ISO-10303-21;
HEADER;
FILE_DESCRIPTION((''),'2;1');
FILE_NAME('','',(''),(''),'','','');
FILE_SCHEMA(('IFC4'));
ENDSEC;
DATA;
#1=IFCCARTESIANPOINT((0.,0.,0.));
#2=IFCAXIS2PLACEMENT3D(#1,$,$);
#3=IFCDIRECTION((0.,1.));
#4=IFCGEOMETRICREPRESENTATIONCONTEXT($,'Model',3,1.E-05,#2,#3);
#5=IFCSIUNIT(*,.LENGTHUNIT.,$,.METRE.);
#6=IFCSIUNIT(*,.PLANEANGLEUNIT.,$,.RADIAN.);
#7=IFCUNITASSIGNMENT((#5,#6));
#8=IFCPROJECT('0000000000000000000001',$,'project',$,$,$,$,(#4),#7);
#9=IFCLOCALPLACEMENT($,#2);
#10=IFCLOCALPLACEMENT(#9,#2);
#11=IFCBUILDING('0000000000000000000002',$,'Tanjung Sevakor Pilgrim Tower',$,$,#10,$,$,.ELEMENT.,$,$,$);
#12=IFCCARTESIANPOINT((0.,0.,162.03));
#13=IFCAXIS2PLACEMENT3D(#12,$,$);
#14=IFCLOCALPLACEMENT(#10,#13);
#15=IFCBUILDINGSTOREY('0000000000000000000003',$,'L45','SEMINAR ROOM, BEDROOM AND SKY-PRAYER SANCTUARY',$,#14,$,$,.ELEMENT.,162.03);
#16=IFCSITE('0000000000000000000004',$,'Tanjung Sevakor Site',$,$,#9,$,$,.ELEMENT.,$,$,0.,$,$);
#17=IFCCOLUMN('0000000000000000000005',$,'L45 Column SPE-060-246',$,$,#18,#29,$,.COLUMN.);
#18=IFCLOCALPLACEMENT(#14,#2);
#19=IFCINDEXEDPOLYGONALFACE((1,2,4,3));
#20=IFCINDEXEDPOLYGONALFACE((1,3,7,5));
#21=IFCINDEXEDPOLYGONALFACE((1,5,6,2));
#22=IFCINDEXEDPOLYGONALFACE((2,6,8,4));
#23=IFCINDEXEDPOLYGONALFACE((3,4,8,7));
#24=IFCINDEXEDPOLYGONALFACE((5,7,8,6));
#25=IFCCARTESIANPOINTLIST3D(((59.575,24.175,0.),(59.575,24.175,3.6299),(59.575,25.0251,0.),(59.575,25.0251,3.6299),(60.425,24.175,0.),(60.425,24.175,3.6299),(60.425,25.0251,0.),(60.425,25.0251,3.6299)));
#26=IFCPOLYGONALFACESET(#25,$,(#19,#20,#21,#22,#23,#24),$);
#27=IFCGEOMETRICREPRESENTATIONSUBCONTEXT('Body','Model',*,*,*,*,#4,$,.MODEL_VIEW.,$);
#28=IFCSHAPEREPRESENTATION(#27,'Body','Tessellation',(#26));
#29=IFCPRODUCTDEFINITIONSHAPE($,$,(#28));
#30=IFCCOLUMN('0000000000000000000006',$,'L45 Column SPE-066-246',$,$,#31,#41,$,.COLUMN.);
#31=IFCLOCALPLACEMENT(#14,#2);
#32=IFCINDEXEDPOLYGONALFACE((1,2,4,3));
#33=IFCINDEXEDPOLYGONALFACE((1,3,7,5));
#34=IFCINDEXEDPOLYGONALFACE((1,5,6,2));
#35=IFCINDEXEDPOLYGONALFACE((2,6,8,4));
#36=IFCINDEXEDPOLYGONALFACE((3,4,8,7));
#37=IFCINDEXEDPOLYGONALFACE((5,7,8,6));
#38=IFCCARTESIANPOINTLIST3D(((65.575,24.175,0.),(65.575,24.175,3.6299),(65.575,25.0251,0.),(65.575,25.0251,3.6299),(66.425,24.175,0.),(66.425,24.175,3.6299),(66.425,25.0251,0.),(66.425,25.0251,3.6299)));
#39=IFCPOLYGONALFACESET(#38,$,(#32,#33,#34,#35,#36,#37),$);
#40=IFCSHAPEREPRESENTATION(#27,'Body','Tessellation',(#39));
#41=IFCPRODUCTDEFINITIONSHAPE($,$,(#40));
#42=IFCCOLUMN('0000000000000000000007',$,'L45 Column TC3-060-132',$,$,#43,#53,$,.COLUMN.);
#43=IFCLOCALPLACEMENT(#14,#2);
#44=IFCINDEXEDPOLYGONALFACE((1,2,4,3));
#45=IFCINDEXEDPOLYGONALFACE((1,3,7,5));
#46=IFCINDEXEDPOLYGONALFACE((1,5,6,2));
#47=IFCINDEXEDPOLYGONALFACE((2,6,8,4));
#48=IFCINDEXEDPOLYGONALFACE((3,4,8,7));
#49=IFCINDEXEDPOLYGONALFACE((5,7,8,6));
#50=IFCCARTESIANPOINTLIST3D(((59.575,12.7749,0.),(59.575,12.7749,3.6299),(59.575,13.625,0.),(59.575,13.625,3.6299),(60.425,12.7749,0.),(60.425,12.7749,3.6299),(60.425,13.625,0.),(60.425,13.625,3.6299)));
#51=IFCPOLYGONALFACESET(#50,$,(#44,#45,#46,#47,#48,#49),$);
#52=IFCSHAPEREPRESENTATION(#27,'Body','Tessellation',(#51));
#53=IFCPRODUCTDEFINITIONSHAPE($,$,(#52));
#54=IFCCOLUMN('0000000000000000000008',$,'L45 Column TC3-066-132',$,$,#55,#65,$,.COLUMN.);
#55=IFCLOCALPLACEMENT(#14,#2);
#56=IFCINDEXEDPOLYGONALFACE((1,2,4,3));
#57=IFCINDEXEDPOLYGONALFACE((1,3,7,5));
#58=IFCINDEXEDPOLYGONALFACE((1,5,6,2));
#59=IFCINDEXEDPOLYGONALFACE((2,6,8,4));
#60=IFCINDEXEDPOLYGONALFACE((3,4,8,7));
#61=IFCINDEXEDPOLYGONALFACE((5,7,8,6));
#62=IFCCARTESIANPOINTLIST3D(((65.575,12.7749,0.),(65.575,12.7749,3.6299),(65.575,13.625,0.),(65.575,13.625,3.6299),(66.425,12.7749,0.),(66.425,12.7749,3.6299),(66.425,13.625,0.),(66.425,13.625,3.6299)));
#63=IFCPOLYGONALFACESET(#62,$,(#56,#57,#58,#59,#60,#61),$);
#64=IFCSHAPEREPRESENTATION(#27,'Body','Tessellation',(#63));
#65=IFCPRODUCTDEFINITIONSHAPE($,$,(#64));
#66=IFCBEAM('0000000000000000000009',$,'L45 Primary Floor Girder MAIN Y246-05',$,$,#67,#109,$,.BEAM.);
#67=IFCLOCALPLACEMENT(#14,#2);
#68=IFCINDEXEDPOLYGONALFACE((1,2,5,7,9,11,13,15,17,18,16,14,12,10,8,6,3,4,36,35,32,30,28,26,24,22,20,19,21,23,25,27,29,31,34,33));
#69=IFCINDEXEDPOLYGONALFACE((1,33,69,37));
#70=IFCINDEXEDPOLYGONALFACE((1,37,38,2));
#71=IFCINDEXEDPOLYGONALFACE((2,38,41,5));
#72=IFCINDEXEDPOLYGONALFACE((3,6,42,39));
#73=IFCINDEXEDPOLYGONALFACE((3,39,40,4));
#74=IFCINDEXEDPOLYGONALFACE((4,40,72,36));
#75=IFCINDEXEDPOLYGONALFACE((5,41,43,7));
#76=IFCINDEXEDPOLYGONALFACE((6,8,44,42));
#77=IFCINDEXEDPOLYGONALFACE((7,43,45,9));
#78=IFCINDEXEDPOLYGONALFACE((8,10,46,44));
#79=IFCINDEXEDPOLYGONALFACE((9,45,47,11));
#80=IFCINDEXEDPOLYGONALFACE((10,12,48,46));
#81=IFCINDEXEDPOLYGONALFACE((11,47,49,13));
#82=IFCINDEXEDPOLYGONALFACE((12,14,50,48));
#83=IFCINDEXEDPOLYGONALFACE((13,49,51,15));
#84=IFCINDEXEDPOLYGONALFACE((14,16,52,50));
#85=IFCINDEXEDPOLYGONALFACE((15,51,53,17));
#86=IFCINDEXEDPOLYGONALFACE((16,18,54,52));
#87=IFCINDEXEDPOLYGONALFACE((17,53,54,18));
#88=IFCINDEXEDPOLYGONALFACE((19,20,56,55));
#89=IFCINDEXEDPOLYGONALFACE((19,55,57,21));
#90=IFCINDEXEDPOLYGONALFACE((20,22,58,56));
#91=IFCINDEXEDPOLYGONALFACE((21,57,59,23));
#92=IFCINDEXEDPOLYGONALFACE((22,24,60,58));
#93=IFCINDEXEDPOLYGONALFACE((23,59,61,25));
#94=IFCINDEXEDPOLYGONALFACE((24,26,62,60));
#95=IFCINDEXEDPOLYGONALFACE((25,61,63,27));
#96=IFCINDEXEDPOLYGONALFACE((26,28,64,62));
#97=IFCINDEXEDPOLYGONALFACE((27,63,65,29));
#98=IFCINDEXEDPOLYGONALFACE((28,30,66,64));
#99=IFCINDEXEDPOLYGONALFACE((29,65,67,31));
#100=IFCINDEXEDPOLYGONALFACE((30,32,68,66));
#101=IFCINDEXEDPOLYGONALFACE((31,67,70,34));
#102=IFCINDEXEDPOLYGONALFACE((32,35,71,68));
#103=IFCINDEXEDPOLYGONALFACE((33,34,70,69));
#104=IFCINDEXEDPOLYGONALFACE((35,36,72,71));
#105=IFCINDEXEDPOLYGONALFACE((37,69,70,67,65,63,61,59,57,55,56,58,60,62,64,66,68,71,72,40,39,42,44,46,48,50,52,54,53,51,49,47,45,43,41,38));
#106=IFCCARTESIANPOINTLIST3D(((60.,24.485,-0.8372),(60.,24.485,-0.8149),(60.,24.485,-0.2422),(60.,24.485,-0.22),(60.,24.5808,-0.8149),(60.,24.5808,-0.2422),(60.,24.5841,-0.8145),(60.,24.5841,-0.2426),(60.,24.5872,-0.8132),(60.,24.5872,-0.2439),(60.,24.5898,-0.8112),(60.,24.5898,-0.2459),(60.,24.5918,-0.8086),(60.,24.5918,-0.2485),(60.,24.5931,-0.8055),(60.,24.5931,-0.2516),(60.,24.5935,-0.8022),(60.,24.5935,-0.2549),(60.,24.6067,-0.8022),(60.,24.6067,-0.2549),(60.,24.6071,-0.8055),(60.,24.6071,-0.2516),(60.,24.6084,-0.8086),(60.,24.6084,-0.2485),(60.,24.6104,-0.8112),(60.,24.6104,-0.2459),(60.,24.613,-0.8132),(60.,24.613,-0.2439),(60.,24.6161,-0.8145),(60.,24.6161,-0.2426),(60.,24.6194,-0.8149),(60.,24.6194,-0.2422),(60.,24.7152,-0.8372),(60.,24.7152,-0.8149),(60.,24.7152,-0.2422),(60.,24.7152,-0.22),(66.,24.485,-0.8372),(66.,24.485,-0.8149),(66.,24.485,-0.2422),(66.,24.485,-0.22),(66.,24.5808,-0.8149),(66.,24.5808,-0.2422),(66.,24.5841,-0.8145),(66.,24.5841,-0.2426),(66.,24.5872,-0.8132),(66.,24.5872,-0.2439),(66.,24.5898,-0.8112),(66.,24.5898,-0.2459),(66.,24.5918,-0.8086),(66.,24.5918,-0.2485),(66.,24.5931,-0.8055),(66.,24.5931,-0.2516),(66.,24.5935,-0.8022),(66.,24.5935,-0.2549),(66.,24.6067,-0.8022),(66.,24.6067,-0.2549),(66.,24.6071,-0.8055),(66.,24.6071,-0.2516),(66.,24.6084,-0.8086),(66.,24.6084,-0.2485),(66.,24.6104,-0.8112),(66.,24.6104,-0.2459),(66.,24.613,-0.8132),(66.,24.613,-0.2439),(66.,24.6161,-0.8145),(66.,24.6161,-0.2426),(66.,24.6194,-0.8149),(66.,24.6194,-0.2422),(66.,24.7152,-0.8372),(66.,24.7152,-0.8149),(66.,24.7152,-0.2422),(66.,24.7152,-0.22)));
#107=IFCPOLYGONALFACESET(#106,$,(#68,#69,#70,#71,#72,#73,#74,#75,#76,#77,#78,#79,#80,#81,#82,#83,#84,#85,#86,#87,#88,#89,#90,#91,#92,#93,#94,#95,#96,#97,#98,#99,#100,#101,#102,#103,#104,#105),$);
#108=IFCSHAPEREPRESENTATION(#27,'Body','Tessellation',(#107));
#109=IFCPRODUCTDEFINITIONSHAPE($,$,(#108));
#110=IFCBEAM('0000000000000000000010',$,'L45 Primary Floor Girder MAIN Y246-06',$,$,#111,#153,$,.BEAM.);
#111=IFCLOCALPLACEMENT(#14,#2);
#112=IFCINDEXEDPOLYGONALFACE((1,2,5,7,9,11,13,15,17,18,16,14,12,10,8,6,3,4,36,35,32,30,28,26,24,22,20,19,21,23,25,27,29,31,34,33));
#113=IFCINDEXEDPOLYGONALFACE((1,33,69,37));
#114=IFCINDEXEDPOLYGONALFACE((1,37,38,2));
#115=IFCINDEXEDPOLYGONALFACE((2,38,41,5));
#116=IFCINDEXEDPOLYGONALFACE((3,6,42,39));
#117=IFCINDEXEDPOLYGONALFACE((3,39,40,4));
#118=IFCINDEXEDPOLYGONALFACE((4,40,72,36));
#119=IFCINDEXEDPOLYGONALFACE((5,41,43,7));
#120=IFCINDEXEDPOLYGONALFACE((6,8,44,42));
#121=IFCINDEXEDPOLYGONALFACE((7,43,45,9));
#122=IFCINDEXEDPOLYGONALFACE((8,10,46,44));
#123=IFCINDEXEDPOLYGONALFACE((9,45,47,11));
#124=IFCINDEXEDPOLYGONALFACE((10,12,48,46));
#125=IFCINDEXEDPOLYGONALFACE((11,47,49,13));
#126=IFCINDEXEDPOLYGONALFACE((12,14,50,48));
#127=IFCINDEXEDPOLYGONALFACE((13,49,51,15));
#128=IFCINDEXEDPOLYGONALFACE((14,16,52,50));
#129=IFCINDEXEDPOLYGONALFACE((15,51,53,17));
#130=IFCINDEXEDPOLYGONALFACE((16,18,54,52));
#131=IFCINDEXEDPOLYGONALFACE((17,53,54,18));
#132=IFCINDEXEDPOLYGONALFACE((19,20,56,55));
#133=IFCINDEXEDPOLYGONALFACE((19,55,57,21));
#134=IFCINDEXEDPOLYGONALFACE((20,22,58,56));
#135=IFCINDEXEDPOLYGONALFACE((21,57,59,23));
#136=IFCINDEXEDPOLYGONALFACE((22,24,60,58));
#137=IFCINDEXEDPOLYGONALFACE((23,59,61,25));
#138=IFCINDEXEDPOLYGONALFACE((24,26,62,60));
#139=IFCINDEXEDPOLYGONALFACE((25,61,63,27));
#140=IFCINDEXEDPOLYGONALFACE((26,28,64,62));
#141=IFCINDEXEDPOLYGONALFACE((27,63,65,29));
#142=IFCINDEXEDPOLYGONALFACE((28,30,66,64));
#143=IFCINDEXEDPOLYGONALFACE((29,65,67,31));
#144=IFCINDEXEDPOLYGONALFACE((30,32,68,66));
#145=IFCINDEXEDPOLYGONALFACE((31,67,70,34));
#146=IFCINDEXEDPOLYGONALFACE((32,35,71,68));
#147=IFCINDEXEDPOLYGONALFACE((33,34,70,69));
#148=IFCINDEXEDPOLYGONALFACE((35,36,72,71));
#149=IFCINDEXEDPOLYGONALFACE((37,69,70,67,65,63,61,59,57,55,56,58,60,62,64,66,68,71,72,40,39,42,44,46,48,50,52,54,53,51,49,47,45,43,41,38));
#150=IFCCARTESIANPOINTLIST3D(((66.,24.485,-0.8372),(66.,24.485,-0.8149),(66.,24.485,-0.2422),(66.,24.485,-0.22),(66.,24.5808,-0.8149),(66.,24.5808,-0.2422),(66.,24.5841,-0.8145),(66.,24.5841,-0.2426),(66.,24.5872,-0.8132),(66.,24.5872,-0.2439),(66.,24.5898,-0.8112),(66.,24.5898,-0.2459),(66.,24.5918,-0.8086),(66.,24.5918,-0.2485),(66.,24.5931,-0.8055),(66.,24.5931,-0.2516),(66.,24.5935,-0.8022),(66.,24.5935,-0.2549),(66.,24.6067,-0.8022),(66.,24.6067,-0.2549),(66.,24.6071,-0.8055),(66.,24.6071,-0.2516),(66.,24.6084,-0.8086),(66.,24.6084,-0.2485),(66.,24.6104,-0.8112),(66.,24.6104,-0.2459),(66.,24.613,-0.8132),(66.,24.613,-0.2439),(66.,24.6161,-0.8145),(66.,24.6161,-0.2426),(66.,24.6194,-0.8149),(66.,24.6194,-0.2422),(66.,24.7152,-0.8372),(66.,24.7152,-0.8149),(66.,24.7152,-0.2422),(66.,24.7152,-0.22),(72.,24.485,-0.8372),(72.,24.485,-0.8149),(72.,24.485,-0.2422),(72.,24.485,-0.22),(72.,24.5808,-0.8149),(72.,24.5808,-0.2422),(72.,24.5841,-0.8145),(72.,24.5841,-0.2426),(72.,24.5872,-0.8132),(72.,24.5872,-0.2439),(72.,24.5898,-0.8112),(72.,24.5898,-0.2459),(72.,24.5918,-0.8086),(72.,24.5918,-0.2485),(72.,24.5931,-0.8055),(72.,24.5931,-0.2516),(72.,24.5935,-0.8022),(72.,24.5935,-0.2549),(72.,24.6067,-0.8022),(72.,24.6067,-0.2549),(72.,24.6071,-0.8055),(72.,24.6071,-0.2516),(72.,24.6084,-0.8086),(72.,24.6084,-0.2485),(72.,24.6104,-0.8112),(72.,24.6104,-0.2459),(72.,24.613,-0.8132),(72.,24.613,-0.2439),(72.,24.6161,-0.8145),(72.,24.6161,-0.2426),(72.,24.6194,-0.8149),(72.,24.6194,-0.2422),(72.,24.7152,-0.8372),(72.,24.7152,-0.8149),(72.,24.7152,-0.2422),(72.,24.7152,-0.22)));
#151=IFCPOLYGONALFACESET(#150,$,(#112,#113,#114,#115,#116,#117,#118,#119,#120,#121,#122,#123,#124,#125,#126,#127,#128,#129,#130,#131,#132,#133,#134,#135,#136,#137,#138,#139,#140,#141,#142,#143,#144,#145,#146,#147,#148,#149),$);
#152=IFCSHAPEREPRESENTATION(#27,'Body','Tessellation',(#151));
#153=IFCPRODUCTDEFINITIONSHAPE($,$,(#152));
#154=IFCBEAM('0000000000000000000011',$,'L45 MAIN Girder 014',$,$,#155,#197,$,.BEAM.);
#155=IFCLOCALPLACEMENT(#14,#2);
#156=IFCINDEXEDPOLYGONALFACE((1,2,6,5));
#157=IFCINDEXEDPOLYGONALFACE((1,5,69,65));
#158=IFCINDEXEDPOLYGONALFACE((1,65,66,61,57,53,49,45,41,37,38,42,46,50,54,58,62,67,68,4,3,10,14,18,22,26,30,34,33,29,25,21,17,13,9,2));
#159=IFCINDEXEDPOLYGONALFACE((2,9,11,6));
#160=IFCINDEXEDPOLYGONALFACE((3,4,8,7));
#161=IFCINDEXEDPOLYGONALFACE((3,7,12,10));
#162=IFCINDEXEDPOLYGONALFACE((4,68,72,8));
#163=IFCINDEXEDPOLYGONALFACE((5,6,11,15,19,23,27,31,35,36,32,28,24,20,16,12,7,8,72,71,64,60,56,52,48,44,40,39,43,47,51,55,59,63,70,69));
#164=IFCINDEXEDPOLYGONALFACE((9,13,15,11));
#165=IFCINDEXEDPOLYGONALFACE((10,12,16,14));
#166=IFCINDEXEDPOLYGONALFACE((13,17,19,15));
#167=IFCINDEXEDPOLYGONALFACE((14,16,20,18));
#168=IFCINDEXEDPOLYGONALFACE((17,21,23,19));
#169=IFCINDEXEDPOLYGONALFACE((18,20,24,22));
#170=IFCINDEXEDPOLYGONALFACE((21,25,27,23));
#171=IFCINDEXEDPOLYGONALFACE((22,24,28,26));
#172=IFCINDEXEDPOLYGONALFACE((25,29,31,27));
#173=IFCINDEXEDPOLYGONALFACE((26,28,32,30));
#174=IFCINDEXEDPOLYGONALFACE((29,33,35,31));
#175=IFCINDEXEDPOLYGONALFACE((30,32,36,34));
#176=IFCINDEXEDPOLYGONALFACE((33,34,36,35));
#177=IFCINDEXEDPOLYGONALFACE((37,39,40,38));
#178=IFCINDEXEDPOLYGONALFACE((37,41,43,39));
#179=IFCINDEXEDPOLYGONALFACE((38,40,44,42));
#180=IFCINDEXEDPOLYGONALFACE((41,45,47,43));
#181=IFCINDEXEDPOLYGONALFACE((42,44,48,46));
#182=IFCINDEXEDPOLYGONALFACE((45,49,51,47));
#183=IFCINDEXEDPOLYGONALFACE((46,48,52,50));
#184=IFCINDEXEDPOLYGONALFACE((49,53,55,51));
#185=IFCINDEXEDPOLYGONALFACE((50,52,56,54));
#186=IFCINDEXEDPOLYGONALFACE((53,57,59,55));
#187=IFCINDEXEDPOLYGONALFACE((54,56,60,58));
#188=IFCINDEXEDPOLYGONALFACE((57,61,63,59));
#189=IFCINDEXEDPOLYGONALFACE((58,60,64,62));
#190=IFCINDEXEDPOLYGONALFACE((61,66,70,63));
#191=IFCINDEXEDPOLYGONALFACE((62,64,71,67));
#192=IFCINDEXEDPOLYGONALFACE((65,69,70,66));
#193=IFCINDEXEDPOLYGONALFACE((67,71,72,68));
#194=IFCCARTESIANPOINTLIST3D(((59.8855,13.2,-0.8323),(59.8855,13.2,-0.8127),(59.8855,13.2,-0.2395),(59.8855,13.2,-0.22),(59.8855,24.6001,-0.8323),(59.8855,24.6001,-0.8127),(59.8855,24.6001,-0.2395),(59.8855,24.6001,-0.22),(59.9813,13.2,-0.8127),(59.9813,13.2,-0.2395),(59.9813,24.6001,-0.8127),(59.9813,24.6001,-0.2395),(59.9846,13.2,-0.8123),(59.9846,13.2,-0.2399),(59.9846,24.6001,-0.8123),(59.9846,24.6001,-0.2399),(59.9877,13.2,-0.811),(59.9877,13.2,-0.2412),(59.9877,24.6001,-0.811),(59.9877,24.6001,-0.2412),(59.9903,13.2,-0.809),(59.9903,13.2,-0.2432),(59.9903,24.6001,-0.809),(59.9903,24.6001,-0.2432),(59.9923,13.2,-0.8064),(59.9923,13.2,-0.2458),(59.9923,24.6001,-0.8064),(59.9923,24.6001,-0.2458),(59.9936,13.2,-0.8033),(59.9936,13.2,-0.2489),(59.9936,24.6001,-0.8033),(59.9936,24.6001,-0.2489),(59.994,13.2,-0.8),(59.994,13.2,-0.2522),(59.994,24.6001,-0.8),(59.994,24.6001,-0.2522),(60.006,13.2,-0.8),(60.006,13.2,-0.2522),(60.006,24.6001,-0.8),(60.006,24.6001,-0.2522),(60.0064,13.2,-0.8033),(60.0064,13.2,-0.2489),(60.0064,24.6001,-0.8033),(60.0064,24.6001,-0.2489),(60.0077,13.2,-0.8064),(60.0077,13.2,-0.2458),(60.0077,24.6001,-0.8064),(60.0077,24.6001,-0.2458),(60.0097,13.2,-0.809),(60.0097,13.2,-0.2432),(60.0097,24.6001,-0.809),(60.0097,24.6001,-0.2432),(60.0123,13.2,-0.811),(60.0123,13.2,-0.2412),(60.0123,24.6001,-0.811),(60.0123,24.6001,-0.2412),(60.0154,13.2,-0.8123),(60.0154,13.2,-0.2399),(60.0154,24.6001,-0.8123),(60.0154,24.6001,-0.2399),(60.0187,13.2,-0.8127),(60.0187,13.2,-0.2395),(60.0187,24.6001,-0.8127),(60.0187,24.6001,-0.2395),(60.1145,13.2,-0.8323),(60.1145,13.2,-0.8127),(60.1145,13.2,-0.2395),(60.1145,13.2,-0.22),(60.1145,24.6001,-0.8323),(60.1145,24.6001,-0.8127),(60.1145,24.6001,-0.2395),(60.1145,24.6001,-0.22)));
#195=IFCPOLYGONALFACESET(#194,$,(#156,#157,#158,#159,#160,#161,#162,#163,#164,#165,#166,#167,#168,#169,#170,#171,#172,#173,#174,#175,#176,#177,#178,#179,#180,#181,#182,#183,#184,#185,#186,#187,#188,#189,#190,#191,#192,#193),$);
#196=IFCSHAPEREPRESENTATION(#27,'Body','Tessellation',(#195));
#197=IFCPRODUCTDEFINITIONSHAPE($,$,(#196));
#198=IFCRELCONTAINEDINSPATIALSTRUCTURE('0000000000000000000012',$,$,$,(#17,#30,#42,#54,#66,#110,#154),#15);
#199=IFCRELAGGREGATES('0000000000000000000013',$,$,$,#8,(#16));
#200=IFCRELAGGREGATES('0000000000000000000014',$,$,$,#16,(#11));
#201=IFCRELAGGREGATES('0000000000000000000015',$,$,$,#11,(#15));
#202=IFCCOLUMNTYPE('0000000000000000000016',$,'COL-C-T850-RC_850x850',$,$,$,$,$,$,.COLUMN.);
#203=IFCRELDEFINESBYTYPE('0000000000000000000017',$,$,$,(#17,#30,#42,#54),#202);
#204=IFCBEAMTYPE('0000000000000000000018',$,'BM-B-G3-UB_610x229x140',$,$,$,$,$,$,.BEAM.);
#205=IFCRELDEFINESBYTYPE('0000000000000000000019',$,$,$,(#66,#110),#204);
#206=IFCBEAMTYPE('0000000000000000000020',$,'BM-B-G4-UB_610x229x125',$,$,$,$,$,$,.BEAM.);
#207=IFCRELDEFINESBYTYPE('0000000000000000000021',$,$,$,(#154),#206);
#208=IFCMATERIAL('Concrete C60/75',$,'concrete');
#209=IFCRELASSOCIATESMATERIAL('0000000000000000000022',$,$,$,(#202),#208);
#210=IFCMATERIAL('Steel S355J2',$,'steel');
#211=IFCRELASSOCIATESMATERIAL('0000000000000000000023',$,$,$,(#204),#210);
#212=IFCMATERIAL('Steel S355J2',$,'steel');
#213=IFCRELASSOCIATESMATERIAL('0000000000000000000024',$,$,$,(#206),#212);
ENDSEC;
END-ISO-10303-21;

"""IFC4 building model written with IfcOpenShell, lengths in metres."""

from ifc_helpers import new_model, si_unit, direction, frame, origin, origin_2d, place, context, subcontext, project, spatial, rectangle, i_section, extrude, material, material_profile, profile_set, type_object, element, save


model = new_model("IFC4")

# Units and contexts
model_context = context("Model", 3, precision=1e-05, world=origin(), true_north=direction((0.0, 1.0)))
body_context = subcontext(model_context, "Body", "Model", "MODEL_VIEW")
ifc_project = project(units=[si_unit("LENGTHUNIT", "METRE"), si_unit("PLANEANGLEUNIT", "RADIAN")], contexts=[model_context])

# Site, building, storey
site_placement = place(None, origin())
site = spatial("IfcSite", under=ifc_project, at=site_placement, Name="Tanjung Sevakor Site", CompositionType="ELEMENT", RefElevation=0.0)
building_placement = place(site_placement, origin())
building = spatial("IfcBuilding", under=site, at=building_placement, Name="Tanjung Sevakor Pilgrim Tower", CompositionType="ELEMENT")
storey_placement = place(building_placement, frame((0.0, 0.0, 162.03)))
storey = spatial("IfcBuildingStorey", under=building, at=storey_placement, Name="L45", Description="SEMINAR ROOM, BEDROOM AND SKY-PRAYER SANCTUARY", CompositionType="ELEMENT", Elevation=162.03)

# Columns
ifc_material_1 = material(Name="Concrete C60/75", Category="concrete")
ifc_material_profile_1 = material_profile(ifc_material_1, rectangle(XDim=0.8501, YDim=0.8501, at=origin_2d()))
ifc_profile_set_1 = profile_set([ifc_material_profile_1], Name="Concrete C60/75")
column_type = type_object("IfcColumnType", Name="COL-C-T850-RC_850x850", PredefinedType="COLUMN", material=ifc_profile_set_1)
for number, where, z_axis, x_axis, name in (
    (1, (60.0, 24.6001, 0.0), (0.0, 0.0, 1.0), (1.0, 0.0, 0.0), "L45 Column SPE-060-246"),
    (2, (66.0, 24.6001, 0.0), (0.0, 0.0, 1.0), (1.0, 0.0, 0.0), "L45 Column SPE-066-246"),
    (3, (60.0, 13.2, 0.0), (0.0, 0.0, 1.0), (1.0, 0.0, 0.0), "L45 Column TC3-060-132"),
    (4, (66.0, 13.2, 0.0), (0.0, 0.0, 1.0), (1.0, 0.0, 0.0), "L45 Column TC3-066-132"),
):
    element("IfcColumn", number, at=place(storey_placement, frame(where, z_axis=z_axis, x_axis=x_axis)), inside=storey, type_object=column_type, Name=name, PredefinedType="COLUMN", context=body_context, shape_type="SweptSolid", body=[
        extrude(rectangle(XDim=0.8501, YDim=0.8501, at=origin_2d()), origin(), (0.0, 0.0, 1.0), 3.6299),
    ])

# Beams
ifc_material_2 = material(Name="Steel S355J2", Category="steel")
ifc_material_profile_2 = material_profile(ifc_material_2, i_section(OverallWidth=0.2302, OverallDepth=0.6172, WebThickness=0.0132, FlangeThickness=0.0222, FilletRadius=0.0127, at=origin_2d()))
ifc_profile_set_2 = profile_set([ifc_material_profile_2], Name="Steel S355J2")
beam_type_1 = type_object("IfcBeamType", Name="BM-B-G3-UB_610x229x140", PredefinedType="BEAM", material=ifc_profile_set_2)
for number, where, z_axis, x_axis, name in (
    (5, (60.0, 24.6001, -0.5286), (1.0, 0.0, 0.0), (0.0, 1.0, 0.0), "L45 Primary Floor Girder MAIN Y246-05"),
    (6, (66.0, 24.6001, -0.5286), (1.0, 0.0, 0.0), (0.0, 1.0, 0.0), "L45 Primary Floor Girder MAIN Y246-06"),
):
    element("IfcBeam", number, at=place(storey_placement, frame(where, z_axis=z_axis, x_axis=x_axis)), inside=storey, type_object=beam_type_1, Name=name, PredefinedType="BEAM", context=body_context, shape_type="SweptSolid", body=[
        extrude(i_section(OverallWidth=0.2302, OverallDepth=0.6172, WebThickness=0.0132, FlangeThickness=0.0222, FilletRadius=0.0127, at=origin_2d()), origin(), (0.0, 0.0, 1.0), 6.0),
    ])
ifc_material_3 = material(Name="Steel S355J2", Category="steel")
ifc_material_profile_3 = material_profile(ifc_material_3, i_section(OverallWidth=0.229, OverallDepth=0.6123, WebThickness=0.012, FlangeThickness=0.0195, FilletRadius=0.0127, at=origin_2d()))
ifc_profile_set_3 = profile_set([ifc_material_profile_3], Name="Steel S355J2")
beam_type_2 = type_object("IfcBeamType", Name="BM-B-G4-UB_610x229x125", PredefinedType="BEAM", material=ifc_profile_set_3)
beam_1_placement = place(storey_placement, frame((60.0, 13.2, -0.5261), z_axis=(0.0, 1.0, 0.0), x_axis=(-1.0, 0.0, 0.0)))
element("IfcBeam", 7, at=beam_1_placement, inside=storey, type_object=beam_type_2, Name="L45 MAIN Girder 014", PredefinedType="BEAM", context=body_context, shape_type="SweptSolid", body=[
    extrude(i_section(OverallWidth=0.229, OverallDepth=0.6123, WebThickness=0.012, FlangeThickness=0.0195, FilletRadius=0.0127, at=origin_2d()), origin(), (0.0, 0.0, 1.0), 11.4001),
])

save(model, "model.ifc")
